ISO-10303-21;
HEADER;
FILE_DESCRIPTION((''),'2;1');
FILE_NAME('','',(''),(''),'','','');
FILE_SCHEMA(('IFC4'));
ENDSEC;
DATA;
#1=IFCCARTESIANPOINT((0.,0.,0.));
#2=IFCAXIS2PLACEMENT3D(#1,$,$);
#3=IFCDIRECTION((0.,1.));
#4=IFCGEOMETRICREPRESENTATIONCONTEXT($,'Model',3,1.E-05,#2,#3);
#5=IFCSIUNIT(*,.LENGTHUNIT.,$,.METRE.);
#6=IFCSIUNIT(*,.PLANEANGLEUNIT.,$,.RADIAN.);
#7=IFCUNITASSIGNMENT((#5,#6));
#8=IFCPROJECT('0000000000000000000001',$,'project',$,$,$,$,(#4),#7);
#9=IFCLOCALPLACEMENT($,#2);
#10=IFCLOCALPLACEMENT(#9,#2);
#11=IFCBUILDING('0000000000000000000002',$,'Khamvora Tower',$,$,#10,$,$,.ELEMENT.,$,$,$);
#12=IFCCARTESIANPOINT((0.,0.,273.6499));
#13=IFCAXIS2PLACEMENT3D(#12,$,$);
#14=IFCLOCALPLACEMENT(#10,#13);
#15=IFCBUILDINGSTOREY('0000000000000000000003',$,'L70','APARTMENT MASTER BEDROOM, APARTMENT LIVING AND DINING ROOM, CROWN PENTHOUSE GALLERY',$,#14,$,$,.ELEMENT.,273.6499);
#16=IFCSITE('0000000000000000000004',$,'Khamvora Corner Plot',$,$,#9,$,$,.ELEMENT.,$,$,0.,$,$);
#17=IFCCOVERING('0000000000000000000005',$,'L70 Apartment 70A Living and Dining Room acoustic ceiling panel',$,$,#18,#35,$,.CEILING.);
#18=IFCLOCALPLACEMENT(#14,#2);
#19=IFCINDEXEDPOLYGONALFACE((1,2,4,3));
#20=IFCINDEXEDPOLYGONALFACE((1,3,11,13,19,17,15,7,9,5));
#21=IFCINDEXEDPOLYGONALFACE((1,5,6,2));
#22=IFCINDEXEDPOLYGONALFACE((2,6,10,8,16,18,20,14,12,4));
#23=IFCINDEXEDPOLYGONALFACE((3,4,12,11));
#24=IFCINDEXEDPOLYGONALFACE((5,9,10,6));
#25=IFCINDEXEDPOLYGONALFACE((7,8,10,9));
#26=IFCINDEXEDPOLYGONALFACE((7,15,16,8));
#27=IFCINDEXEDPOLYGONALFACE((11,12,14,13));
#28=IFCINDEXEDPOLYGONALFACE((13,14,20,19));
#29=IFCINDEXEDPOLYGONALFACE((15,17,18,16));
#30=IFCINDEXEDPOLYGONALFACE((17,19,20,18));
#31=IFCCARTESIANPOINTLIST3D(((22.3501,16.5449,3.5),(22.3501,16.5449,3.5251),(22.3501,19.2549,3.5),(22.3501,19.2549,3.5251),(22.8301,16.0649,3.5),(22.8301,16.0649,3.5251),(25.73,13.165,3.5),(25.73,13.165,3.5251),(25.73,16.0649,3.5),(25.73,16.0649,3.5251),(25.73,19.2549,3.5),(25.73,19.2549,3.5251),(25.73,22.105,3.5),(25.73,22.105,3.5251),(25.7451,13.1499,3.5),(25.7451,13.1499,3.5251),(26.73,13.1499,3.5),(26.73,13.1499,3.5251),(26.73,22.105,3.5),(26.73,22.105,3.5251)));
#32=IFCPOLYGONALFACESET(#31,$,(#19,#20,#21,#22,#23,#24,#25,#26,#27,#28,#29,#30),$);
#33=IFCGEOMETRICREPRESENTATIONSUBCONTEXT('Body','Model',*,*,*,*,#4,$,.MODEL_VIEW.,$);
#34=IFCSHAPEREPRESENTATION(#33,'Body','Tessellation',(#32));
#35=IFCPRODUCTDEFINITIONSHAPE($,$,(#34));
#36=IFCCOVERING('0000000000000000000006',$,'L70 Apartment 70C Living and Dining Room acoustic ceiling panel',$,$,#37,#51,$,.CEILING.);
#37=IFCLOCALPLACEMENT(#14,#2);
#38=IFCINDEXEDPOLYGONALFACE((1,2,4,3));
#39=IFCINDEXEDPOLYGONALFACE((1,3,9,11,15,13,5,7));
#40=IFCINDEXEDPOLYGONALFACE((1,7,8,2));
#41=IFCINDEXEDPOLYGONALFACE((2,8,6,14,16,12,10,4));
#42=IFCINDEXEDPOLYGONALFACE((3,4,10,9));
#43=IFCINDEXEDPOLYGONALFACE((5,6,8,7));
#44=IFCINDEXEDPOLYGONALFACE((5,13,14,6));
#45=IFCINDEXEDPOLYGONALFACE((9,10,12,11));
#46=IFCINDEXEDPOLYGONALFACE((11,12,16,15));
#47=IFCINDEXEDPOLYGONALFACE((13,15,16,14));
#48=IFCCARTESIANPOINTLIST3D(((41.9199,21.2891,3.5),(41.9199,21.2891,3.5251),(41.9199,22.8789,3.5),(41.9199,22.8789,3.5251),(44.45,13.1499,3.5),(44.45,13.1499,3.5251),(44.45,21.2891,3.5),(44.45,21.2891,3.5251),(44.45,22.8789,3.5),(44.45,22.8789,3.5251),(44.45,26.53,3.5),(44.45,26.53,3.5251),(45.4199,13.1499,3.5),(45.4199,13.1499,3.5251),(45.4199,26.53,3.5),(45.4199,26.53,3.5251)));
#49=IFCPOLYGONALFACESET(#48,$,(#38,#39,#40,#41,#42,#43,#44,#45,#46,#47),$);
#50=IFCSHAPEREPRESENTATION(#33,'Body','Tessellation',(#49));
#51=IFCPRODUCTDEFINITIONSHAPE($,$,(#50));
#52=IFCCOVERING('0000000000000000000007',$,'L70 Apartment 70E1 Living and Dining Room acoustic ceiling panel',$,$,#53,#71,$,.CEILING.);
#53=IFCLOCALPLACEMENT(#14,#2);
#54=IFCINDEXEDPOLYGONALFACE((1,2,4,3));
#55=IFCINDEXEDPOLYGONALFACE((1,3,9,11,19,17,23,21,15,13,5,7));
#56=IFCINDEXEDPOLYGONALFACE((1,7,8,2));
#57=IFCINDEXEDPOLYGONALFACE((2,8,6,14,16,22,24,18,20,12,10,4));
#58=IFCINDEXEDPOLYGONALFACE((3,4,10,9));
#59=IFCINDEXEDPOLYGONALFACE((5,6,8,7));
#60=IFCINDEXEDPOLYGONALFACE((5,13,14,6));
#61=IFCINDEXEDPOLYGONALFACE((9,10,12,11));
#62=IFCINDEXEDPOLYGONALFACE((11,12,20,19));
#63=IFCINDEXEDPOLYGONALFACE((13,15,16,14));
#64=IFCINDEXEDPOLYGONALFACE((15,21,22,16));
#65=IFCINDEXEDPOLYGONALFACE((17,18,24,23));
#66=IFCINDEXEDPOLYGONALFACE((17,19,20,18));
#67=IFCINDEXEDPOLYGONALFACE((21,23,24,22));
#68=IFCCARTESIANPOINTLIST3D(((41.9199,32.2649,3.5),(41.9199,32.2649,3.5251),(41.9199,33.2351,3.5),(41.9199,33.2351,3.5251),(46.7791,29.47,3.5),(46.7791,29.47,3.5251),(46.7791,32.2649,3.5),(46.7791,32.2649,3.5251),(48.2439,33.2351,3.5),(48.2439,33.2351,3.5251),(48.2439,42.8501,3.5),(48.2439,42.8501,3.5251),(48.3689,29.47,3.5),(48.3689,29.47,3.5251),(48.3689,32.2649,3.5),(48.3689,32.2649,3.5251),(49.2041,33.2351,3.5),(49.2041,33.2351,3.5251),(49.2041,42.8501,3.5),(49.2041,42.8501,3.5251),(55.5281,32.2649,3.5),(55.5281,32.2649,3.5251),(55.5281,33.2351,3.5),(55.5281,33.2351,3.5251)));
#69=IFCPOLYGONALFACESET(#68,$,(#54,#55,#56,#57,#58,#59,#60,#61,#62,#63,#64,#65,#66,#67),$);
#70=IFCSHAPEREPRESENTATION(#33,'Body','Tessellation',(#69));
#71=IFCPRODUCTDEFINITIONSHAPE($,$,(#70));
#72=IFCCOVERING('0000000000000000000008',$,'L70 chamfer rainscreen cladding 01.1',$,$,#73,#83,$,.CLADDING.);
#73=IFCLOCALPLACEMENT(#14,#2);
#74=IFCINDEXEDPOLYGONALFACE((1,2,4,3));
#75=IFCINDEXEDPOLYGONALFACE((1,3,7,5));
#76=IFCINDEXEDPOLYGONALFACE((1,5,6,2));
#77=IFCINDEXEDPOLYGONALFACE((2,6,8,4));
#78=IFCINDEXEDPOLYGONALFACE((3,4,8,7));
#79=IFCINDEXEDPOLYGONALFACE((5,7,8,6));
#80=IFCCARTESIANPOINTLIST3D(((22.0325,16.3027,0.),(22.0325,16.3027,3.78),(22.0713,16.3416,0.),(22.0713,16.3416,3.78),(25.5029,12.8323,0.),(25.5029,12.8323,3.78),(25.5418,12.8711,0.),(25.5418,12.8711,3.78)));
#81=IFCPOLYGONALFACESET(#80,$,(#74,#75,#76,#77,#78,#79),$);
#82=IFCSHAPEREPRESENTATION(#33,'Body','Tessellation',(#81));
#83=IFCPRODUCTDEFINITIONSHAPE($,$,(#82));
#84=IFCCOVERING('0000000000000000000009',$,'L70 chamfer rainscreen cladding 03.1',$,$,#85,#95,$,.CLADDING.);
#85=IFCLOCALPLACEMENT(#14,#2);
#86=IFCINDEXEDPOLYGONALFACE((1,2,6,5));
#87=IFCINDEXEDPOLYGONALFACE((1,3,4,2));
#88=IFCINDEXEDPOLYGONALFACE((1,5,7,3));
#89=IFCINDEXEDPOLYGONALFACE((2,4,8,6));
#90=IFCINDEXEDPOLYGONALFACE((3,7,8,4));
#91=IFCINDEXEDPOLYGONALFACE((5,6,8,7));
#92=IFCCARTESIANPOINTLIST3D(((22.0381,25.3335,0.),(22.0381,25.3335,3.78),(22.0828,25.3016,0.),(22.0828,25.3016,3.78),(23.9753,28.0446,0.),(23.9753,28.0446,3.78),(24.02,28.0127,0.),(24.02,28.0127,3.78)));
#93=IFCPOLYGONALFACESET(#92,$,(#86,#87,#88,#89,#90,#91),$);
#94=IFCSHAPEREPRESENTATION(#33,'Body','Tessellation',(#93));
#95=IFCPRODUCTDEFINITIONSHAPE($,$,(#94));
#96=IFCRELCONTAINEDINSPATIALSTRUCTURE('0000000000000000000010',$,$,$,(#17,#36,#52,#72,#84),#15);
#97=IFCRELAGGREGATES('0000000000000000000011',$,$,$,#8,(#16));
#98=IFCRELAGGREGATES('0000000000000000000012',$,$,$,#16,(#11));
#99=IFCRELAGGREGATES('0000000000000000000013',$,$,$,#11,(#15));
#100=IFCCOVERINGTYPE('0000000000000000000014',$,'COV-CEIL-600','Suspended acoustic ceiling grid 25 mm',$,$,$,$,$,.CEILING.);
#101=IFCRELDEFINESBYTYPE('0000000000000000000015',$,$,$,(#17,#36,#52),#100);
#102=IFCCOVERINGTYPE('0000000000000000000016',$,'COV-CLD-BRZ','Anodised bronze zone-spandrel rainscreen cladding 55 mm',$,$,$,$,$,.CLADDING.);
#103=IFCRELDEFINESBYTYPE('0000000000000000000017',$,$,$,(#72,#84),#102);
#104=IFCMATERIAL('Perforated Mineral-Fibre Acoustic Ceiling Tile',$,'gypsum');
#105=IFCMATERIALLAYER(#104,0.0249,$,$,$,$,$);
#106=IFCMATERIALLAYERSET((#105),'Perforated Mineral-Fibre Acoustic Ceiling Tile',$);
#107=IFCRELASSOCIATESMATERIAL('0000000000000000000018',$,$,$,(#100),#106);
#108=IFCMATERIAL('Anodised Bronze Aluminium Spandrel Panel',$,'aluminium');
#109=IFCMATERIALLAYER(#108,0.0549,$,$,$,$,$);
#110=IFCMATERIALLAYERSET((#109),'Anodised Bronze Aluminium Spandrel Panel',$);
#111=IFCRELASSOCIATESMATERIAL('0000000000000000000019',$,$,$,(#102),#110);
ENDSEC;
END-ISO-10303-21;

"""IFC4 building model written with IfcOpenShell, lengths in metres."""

from ifc_helpers import new_model, si_unit, direction, frame, origin, origin_2d, place, context, subcontext, project, spatial, polyline, rectangle, outline, extrude, material, layer, layer_set, type_object, element, save


model = new_model("IFC4")

# Units and contexts
model_context = context("Model", 3, precision=1e-05, world=origin(), true_north=direction((0.0, 1.0)))
body_context = subcontext(model_context, "Body", "Model", "MODEL_VIEW")
ifc_project = project(units=[si_unit("LENGTHUNIT", "METRE"), si_unit("PLANEANGLEUNIT", "RADIAN")], contexts=[model_context])

# Site, building, storey
site_placement = place(None, origin())
site = spatial("IfcSite", under=ifc_project, at=site_placement, Name="Khamvora Corner Plot", CompositionType="ELEMENT", RefElevation=0.0)
building_placement = place(site_placement, origin())
building = spatial("IfcBuilding", under=site, at=building_placement, Name="Khamvora Tower", CompositionType="ELEMENT")
storey_placement = place(building_placement, frame((0.0, 0.0, 273.6499)))
storey = spatial("IfcBuildingStorey", under=building, at=storey_placement, Name="L70", Description="APARTMENT MASTER BEDROOM, APARTMENT LIVING AND DINING ROOM, CROWN PENTHOUSE GALLERY", CompositionType="ELEMENT", Elevation=273.6499)

# Coverings
ifc_material_1 = material(Name="Perforated Mineral-Fibre Acoustic Ceiling Tile", Category="gypsum")
ifc_layer_1 = layer(ifc_material_1, 0.0249)
ifc_layer_set_1 = layer_set([ifc_layer_1], Name="Perforated Mineral-Fibre Acoustic Ceiling Tile")
covering_type_1 = type_object("IfcCoveringType", Name="COV-CEIL-600", Description="Suspended acoustic ceiling grid 25 mm", PredefinedType="CEILING", material=ifc_layer_set_1)
covering_1_placement = place(storey_placement, frame((0.0, 0.0, 3.5)))
element("IfcCovering", 1, at=covering_1_placement, inside=storey, type_object=covering_type_1, Name="L70 Apartment 70A Living and Dining Room acoustic ceiling panel", PredefinedType="CEILING", context=body_context, shape_type="SweptSolid", body=[
    extrude(outline(polyline([(26.73, 13.1499), (25.7451, 13.1499), (25.73, 13.165), (25.73, 16.0649), (22.8301, 16.0649), (22.3501, 16.5449), (22.3501, 19.2549), (25.73, 19.2549), (25.73, 22.105), (26.73, 22.105), (26.73, 13.1499)])), origin(), (0.0, 0.0, 1.0), 0.0251),
])
covering_2_placement = place(storey_placement, frame((0.0, 0.0, 3.5)))
element("IfcCovering", 2, at=covering_2_placement, inside=storey, type_object=covering_type_1, Name="L70 Apartment 70C Living and Dining Room acoustic ceiling panel", PredefinedType="CEILING", context=body_context, shape_type="SweptSolid", body=[
    extrude(outline(polyline([(44.45, 26.53), (45.4199, 26.53), (45.4199, 13.1499), (44.45, 13.1499), (44.45, 21.2891), (41.9199, 21.2891), (41.9199, 22.8789), (44.45, 22.8789), (44.45, 26.53)])), origin(), (0.0, 0.0, 1.0), 0.0251),
])
covering_3_placement = place(storey_placement, frame((0.0, 0.0, 3.5)))
element("IfcCovering", 3, at=covering_3_placement, inside=storey, type_object=covering_type_1, Name="L70 Apartment 70E1 Living and Dining Room acoustic ceiling panel", PredefinedType="CEILING", context=body_context, shape_type="SweptSolid", body=[
    extrude(outline(polyline([(48.2439, 33.2351), (48.2439, 42.8501), (49.2041, 42.8501), (49.2041, 33.2351), (55.5281, 33.2351), (55.5281, 32.2649), (48.3689, 32.2649), (48.3689, 29.47), (46.7791, 29.47), (46.7791, 32.2649), (41.9199, 32.2649), (41.9199, 33.2351), (48.2439, 33.2351)])), origin(), (0.0, 0.0, 1.0), 0.0251),
])
ifc_material_2 = material(Name="Anodised Bronze Aluminium Spandrel Panel", Category="aluminium")
ifc_layer_2 = layer(ifc_material_2, 0.0549)
ifc_layer_set_2 = layer_set([ifc_layer_2], Name="Anodised Bronze Aluminium Spandrel Panel")
covering_type_2 = type_object("IfcCoveringType", Name="COV-CLD-BRZ", Description="Anodised bronze zone-spandrel rainscreen cladding 55 mm", PredefinedType="CLADDING", material=ifc_layer_set_2)
covering_4_placement = place(storey_placement, frame((23.7871, 14.5869, 0.0), z_axis=(0.0, 0.0, 1.0), x_axis=(-0.707107, 0.707107, 0.0)))
element("IfcCovering", 4, at=covering_4_placement, inside=storey, type_object=covering_type_2, Name="L70 chamfer rainscreen cladding 01.1", PredefinedType="CLADDING", context=body_context, shape_type="SweptSolid", body=[
    extrude(rectangle(XDim=4.908, YDim=0.0549, at=origin_2d()), origin(), (0.0, 0.0, 1.0), 3.78),
])
covering_5_placement = place(storey_placement, frame((23.0291, 26.6731, 0.0), z_axis=(0.0, 0.0, 1.0), x_axis=(0.581376, 0.813635, 0.0)))
element("IfcCovering", 5, at=covering_5_placement, inside=storey, type_object=covering_type_2, Name="L70 chamfer rainscreen cladding 03.1", PredefinedType="CLADDING", context=body_context, shape_type="SweptSolid", body=[
    extrude(rectangle(XDim=3.332, YDim=0.0549, at=origin_2d()), origin(), (0.0, 0.0, 1.0), 3.78),
])

save(model, "model.ifc")
